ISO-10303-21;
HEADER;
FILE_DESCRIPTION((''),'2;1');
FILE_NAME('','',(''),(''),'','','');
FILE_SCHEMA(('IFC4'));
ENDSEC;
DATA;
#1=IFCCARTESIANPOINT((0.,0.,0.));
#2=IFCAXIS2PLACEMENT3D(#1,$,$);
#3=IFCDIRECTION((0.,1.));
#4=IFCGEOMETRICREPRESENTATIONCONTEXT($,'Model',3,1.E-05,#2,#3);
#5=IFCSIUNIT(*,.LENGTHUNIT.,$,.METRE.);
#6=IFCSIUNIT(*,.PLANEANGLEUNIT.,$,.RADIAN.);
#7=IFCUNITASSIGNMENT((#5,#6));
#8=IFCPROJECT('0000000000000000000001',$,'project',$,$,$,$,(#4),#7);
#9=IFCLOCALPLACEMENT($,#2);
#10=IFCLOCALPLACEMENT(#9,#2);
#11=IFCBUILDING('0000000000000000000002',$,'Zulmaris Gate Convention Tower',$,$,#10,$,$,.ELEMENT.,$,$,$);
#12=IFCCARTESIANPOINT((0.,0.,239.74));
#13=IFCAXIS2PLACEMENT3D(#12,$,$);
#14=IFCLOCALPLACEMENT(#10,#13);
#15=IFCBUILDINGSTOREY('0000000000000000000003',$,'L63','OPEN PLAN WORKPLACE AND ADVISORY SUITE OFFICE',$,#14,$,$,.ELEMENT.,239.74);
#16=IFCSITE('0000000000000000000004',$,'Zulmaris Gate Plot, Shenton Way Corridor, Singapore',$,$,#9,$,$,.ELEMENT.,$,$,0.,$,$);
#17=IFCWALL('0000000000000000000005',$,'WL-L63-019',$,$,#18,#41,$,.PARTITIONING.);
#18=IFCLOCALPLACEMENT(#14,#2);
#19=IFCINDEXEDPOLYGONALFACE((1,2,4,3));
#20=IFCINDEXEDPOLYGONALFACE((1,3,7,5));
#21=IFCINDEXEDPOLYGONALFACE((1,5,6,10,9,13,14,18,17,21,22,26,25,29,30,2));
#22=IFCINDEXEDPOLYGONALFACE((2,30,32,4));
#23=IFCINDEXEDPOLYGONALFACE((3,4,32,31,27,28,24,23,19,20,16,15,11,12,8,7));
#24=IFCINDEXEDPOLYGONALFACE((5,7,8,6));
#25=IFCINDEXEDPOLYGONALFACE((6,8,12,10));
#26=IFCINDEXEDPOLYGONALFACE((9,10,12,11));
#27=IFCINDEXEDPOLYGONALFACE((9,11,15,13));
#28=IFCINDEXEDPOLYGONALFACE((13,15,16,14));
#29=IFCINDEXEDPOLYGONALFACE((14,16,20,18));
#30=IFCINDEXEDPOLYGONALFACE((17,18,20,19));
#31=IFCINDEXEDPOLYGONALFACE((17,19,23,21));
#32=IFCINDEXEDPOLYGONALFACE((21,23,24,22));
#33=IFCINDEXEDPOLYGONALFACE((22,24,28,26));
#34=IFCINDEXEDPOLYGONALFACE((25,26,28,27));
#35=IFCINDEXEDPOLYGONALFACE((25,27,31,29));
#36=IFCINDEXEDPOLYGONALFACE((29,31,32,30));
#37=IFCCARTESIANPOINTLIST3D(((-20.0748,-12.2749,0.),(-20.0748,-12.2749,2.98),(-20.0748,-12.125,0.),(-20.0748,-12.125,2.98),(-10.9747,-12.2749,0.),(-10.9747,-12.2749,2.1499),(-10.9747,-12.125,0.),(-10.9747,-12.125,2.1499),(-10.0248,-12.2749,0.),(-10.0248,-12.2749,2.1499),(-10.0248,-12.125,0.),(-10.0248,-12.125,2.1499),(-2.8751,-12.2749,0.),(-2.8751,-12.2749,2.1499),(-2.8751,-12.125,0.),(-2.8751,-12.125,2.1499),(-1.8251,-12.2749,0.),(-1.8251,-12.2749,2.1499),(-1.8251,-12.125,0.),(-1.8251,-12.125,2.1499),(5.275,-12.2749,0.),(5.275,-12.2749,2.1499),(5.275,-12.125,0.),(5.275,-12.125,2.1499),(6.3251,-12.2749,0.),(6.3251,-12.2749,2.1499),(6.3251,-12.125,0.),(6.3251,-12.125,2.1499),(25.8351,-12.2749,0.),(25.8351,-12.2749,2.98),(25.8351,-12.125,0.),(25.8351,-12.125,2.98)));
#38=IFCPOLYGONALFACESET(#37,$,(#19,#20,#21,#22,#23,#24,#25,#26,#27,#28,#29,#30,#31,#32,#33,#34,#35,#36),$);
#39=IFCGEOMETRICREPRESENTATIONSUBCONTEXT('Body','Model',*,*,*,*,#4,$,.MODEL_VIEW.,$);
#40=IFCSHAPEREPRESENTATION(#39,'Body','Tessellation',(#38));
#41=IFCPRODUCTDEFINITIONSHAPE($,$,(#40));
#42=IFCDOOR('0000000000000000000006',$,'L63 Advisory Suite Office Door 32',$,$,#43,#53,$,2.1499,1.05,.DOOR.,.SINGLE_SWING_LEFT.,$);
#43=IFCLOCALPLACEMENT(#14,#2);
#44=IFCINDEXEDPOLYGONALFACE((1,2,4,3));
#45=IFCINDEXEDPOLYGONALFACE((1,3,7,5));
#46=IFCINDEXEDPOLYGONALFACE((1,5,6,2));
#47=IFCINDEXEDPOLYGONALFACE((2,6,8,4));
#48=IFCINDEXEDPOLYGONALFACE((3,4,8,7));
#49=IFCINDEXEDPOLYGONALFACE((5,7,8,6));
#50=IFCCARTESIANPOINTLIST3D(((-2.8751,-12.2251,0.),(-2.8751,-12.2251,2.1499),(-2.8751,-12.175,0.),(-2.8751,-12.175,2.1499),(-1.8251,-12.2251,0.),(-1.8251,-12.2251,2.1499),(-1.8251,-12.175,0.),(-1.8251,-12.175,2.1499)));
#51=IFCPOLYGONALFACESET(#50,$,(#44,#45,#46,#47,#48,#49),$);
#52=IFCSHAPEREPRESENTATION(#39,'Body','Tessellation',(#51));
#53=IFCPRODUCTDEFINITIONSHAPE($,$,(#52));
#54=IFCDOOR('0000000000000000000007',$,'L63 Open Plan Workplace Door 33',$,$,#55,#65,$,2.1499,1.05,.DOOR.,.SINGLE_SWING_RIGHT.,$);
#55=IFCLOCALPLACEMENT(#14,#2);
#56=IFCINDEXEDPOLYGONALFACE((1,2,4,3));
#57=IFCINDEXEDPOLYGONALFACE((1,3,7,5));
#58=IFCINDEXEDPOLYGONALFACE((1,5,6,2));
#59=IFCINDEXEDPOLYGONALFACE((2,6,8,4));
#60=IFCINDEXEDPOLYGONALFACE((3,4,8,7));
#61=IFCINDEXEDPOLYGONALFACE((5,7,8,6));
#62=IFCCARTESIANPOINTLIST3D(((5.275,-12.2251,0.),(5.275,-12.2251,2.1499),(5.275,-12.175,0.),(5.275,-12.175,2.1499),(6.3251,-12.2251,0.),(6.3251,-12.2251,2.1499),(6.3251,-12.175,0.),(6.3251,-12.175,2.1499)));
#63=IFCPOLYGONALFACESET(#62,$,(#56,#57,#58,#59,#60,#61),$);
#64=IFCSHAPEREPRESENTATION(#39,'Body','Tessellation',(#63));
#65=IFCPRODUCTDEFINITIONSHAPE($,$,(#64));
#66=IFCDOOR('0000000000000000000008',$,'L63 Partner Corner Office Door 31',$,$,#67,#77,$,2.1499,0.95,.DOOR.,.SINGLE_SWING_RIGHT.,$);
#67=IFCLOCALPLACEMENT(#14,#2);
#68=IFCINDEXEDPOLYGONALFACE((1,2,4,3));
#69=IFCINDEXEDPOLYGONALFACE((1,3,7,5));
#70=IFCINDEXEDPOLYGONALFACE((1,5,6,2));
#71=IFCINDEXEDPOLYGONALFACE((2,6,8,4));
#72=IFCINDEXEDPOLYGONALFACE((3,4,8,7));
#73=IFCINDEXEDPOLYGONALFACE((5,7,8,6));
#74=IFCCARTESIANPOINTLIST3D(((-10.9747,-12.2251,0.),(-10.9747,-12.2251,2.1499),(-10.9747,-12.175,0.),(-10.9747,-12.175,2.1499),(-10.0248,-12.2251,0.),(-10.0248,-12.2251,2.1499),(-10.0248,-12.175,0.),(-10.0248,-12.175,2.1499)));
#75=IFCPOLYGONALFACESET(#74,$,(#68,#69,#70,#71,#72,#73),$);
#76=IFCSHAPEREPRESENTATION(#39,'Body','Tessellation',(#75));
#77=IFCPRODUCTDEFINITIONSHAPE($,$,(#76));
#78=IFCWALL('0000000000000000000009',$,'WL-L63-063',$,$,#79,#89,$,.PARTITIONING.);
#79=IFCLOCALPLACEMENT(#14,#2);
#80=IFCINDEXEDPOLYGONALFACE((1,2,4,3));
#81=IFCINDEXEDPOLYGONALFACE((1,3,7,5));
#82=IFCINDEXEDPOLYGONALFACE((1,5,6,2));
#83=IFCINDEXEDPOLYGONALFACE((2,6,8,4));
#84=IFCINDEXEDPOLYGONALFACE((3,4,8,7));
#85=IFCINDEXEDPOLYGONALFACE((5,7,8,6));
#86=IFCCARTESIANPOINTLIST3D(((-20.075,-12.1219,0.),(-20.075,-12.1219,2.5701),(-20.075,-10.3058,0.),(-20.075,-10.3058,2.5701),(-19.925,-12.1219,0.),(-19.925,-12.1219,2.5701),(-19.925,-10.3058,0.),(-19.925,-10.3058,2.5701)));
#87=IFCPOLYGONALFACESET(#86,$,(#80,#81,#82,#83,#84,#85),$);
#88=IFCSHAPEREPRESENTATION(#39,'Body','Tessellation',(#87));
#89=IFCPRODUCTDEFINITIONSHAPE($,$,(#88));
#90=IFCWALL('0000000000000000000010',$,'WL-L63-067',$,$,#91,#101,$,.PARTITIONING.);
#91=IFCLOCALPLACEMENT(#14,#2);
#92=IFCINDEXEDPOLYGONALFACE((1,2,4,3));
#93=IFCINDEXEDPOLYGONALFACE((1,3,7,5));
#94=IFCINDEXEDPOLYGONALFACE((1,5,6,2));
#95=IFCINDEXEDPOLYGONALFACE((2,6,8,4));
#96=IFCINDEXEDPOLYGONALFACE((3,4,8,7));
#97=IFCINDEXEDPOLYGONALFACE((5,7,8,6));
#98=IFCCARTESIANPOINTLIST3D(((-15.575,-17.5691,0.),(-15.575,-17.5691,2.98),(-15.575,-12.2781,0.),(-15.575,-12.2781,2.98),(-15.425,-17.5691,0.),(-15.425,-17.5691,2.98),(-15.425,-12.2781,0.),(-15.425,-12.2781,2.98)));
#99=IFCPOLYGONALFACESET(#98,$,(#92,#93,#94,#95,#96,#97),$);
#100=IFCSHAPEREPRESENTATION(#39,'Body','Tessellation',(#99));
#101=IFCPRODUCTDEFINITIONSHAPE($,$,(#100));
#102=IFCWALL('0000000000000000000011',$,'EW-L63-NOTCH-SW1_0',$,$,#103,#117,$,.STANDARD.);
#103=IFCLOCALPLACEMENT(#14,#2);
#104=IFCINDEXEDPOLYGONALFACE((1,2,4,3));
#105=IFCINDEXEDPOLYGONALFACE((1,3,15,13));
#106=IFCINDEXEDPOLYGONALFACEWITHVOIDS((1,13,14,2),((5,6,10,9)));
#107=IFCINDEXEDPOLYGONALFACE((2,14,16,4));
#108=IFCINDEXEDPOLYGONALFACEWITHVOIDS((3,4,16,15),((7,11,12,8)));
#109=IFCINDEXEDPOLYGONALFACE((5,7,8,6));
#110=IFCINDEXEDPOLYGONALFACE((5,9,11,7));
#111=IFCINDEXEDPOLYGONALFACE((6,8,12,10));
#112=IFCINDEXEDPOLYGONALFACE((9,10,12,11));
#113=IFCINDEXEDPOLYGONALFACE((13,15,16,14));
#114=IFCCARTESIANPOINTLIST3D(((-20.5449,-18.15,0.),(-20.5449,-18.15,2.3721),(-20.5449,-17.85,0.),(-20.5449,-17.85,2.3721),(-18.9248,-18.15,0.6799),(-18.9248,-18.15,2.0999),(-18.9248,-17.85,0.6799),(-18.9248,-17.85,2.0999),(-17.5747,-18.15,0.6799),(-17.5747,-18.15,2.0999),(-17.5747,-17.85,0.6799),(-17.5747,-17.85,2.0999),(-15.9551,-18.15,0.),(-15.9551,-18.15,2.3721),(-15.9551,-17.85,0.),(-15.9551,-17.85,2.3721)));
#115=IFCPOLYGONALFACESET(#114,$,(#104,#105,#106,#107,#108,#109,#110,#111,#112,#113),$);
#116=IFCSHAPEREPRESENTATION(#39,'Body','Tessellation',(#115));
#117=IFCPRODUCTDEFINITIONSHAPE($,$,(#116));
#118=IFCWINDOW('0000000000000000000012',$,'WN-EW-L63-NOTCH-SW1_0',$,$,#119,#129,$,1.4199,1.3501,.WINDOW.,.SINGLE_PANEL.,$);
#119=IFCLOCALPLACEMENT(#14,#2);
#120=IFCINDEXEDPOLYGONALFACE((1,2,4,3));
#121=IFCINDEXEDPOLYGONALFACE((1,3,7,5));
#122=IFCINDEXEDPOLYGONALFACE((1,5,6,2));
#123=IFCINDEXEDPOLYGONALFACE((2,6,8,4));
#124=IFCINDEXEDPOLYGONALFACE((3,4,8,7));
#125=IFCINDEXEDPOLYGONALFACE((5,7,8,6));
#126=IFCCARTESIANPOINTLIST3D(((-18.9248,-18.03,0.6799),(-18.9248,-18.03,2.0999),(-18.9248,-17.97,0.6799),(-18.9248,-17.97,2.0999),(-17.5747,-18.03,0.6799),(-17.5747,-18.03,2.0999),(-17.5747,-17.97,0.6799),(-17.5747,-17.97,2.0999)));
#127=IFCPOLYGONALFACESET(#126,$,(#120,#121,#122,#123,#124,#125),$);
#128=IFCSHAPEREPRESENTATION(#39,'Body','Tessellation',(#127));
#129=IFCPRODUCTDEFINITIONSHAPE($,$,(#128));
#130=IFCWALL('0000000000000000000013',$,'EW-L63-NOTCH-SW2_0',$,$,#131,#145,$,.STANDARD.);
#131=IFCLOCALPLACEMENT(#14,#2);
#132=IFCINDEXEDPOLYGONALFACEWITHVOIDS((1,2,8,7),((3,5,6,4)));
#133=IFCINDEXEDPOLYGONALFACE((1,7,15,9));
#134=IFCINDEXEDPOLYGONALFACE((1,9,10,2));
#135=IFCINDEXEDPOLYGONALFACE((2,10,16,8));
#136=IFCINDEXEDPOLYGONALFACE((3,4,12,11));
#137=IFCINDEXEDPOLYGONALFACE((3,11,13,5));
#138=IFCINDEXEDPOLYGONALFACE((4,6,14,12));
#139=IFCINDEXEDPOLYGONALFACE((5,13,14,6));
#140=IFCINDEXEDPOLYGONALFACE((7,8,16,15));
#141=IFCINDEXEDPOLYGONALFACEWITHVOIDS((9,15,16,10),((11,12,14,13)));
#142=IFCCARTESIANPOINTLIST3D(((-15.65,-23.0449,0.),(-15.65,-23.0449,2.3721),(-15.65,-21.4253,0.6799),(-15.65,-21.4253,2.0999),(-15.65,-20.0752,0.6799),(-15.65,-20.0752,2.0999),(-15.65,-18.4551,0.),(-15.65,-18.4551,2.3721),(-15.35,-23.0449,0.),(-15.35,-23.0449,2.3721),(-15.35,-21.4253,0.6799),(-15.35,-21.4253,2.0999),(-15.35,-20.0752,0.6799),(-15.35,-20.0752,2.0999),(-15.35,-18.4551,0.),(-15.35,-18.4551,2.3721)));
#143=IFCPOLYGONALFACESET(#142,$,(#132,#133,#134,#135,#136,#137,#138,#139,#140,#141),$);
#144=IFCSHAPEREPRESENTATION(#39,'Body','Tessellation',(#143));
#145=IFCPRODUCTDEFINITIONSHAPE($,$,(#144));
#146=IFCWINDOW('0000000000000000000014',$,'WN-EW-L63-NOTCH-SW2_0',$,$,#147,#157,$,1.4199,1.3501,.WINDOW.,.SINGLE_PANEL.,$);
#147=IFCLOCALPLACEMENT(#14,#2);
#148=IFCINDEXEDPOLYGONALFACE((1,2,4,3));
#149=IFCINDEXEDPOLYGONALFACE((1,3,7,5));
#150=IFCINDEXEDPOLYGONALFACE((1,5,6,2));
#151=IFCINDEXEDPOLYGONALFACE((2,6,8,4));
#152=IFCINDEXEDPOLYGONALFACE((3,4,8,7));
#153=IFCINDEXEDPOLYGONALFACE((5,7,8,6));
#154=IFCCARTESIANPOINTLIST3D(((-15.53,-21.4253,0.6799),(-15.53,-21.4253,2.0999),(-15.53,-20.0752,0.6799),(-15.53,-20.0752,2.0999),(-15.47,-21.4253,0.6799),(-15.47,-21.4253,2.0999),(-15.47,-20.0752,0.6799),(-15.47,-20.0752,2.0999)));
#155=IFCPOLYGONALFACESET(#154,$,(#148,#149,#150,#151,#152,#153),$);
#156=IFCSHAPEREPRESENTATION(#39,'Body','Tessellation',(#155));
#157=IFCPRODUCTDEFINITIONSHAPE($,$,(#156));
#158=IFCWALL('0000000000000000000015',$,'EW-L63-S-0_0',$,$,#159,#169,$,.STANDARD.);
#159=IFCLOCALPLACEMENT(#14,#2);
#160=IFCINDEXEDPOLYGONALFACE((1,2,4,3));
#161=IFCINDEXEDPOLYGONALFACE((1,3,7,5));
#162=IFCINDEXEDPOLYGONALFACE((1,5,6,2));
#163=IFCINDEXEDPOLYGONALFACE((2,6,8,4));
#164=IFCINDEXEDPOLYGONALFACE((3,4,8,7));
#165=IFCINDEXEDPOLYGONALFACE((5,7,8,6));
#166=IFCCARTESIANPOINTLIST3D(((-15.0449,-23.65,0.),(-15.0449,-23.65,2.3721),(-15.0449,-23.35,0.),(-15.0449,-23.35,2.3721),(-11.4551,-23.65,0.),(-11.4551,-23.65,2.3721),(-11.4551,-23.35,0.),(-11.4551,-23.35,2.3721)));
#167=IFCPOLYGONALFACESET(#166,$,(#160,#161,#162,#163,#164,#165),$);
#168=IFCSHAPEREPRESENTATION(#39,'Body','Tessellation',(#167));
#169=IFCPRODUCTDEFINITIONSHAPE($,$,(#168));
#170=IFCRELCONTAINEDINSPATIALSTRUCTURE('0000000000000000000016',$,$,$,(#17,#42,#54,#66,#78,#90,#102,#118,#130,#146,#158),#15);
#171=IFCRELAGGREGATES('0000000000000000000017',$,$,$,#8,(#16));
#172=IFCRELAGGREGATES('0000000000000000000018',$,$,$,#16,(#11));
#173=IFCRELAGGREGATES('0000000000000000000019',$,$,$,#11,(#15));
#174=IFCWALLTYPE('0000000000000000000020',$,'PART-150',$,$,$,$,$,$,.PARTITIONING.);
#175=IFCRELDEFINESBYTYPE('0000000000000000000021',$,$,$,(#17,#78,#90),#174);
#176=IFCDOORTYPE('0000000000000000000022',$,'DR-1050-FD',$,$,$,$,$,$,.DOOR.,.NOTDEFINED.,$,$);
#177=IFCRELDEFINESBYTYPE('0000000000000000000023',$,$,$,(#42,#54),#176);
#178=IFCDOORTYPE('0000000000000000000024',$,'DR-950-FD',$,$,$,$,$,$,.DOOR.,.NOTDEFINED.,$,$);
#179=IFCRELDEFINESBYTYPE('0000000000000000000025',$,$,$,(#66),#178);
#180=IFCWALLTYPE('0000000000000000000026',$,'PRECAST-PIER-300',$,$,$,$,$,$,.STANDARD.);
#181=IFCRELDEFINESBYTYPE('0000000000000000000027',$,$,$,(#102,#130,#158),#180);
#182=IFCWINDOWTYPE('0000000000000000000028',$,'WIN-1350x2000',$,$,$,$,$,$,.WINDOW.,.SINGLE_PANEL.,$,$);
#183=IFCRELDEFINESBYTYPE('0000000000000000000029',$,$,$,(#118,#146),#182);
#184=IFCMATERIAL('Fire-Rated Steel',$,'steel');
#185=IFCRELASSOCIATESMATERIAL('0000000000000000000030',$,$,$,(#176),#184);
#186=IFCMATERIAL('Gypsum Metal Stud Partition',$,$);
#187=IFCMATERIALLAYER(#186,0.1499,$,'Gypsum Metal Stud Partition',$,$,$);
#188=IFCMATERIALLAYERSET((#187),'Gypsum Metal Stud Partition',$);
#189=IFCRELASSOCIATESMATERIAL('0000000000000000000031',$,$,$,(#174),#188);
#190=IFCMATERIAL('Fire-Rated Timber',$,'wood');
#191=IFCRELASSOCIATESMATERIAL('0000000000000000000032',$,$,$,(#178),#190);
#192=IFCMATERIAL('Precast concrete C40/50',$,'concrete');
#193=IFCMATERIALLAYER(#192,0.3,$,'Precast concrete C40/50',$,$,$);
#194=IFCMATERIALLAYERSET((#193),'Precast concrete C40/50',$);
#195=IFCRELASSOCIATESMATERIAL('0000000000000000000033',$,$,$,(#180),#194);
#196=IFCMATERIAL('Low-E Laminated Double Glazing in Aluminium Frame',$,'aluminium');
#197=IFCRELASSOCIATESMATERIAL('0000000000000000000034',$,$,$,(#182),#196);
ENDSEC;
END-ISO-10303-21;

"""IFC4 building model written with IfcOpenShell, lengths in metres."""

from ifc_helpers import new_model, si_unit, direction, frame, frame_2d, origin, place, context, subcontext, project, spatial, rectangle, extrude, material, layer, layer_set, type_object, element, fill, save


model = new_model("IFC4")

# Units and contexts
model_context = context("Model", 3, precision=1e-05, world=origin(), true_north=direction((0.0, 1.0)))
body_context = subcontext(model_context, "Body", "Model", "MODEL_VIEW")
ifc_project = project(units=[si_unit("LENGTHUNIT", "METRE"), si_unit("PLANEANGLEUNIT", "RADIAN")], contexts=[model_context])

# Site, building, storey
site_placement = place(None, origin())
site = spatial("IfcSite", under=ifc_project, at=site_placement, Name="Zulmaris Gate Plot, Shenton Way Corridor, Singapore", CompositionType="ELEMENT", RefElevation=0.0)
building_placement = place(site_placement, origin())
building = spatial("IfcBuilding", under=site, at=building_placement, Name="Zulmaris Gate Convention Tower", CompositionType="ELEMENT")
storey_placement = place(building_placement, frame((0.0, 0.0, 239.74)))
storey = spatial("IfcBuildingStorey", under=building, at=storey_placement, Name="L63", Description="OPEN PLAN WORKPLACE AND ADVISORY SUITE OFFICE", CompositionType="ELEMENT", Elevation=239.74)

# Shared definitions
ifc_material_1 = material(Name="Fire-Rated Steel", Category="steel")
door_type_1 = type_object("IfcDoorType", Name="DR-1050-FD", OperationType="NOTDEFINED", PredefinedType="DOOR", material=ifc_material_1)

# Wall, openings, doors
ifc_material_2 = material(Name="Gypsum Metal Stud Partition")
ifc_layer_1 = layer(ifc_material_2, 0.1499, Name="Gypsum Metal Stud Partition")
ifc_layer_set_1 = layer_set([ifc_layer_1], Name="Gypsum Metal Stud Partition")
wall_type_1 = type_object("IfcWallType", Name="PART-150", PredefinedType="PARTITIONING", material=ifc_layer_set_1)
wall_1_placement = place(storey_placement, frame((-20.075, -12.2, 0.0), z_axis=(0.0, 0.0, 1.0), x_axis=(1.0, 0.0, 0.0)))
wall_1 = element("IfcWall", 1, at=wall_1_placement, inside=storey, type_object=wall_type_1, Name="WL-L63-019", PredefinedType="PARTITIONING", context=body_context, shape_type="SweptSolid", body=[
    extrude(rectangle(XDim=45.9099, YDim=0.1499, at=frame_2d((22.9551, 0.0))), origin(), (0.0, 0.0, 1.0), 2.98),
])
opening_1_placement = place(wall_1_placement, frame((9.1001, 0.0, 0.0)))
opening_1 = element("IfcOpeningElement", 2, at=opening_1_placement, cuts=wall_1, PredefinedType="OPENING", context=body_context, shape_type="SweptSolid", body=[
    extrude(rectangle(XDim=0.95, YDim=2.1499, at=frame_2d((0.4751, 1.075))), frame((0.0, 0.085, 0.0), z_axis=(0.0, -1.0, 0.0), x_axis=(1.0, 0.0, 0.0)), (0.0, 0.0, 1.0), 0.1699),
])
opening_2_placement = place(wall_1_placement, frame((17.2, 0.0, 0.0)))
opening_2 = element("IfcOpeningElement", 3, at=opening_2_placement, cuts=wall_1, PredefinedType="OPENING", context=body_context, shape_type="SweptSolid", body=[
    extrude(rectangle(XDim=1.05, YDim=2.1499, at=frame_2d((0.5249, 1.075))), frame((0.0, 0.085, 0.0), z_axis=(0.0, -1.0, 0.0), x_axis=(1.0, 0.0, 0.0)), (0.0, 0.0, 1.0), 0.1699),
])
opening_3_placement = place(wall_1_placement, frame((25.3501, 0.0, 0.0)))
opening_3 = element("IfcOpeningElement", 4, at=opening_3_placement, cuts=wall_1, PredefinedType="OPENING", context=body_context, shape_type="SweptSolid", body=[
    extrude(rectangle(XDim=1.05, YDim=2.1499, at=frame_2d((0.5249, 1.075))), frame((0.0, 0.085, 0.0), z_axis=(0.0, -1.0, 0.0), x_axis=(1.0, 0.0, 0.0)), (0.0, 0.0, 1.0), 0.1699),
])
door_1_placement = place(opening_2_placement, origin())
door_1 = element("IfcDoor", 5, at=door_1_placement, inside=storey, type_object=door_type_1, Name="L63 Advisory Suite Office Door 32", OperationType="SINGLE_SWING_LEFT", OverallHeight=2.1499, OverallWidth=1.05, PredefinedType="DOOR", context=body_context, shape_type="SweptSolid", body=[
    extrude(rectangle(XDim=1.05, YDim=2.1499, at=frame_2d((0.5249, 1.075))), frame((0.0, 0.0249, 0.0), z_axis=(0.0, -1.0, 0.0), x_axis=(1.0, 0.0, 0.0)), (0.0, 0.0, 1.0), 0.05),
])
fill(opening_2, door_1)
door_2_placement = place(opening_3_placement, origin())
door_2 = element("IfcDoor", 6, at=door_2_placement, inside=storey, type_object=door_type_1, Name="L63 Open Plan Workplace Door 33", OperationType="SINGLE_SWING_RIGHT", OverallHeight=2.1499, OverallWidth=1.05, PredefinedType="DOOR", context=body_context, shape_type="SweptSolid", body=[
    extrude(rectangle(XDim=1.05, YDim=2.1499, at=frame_2d((0.5249, 1.075))), frame((0.0, 0.0249, 0.0), z_axis=(0.0, -1.0, 0.0), x_axis=(1.0, 0.0, 0.0)), (0.0, 0.0, 1.0), 0.05),
])
fill(opening_3, door_2)
ifc_material_3 = material(Name="Fire-Rated Timber", Category="wood")
door_type_2 = type_object("IfcDoorType", Name="DR-950-FD", OperationType="NOTDEFINED", PredefinedType="DOOR", material=ifc_material_3)
door_3_placement = place(opening_1_placement, origin())
door_3 = element("IfcDoor", 7, at=door_3_placement, inside=storey, type_object=door_type_2, Name="L63 Partner Corner Office Door 31", OperationType="SINGLE_SWING_RIGHT", OverallHeight=2.1499, OverallWidth=0.95, PredefinedType="DOOR", context=body_context, shape_type="SweptSolid", body=[
    extrude(rectangle(XDim=0.95, YDim=2.1499, at=frame_2d((0.4751, 1.075))), frame((0.0, 0.0249, 0.0), z_axis=(0.0, -1.0, 0.0), x_axis=(1.0, 0.0, 0.0)), (0.0, 0.0, 1.0), 0.05),
])
fill(opening_1, door_3)

# Walls
wall_2_placement = place(storey_placement, frame((-20.0, -12.1221, 0.0), z_axis=(0.0, 0.0, 1.0), x_axis=(0.0, 1.0, 0.0)))
element("IfcWall", 8, at=wall_2_placement, inside=storey, type_object=wall_type_1, Name="WL-L63-063", PredefinedType="PARTITIONING", context=body_context, shape_type="SweptSolid", body=[
    extrude(rectangle(XDim=1.8162, YDim=0.1499, at=frame_2d((0.9082, 0.0))), origin(), (0.0, 0.0, 1.0), 2.5701),
])
wall_3_placement = place(storey_placement, frame((-15.5, -17.5691, 0.0), z_axis=(0.0, 0.0, 1.0), x_axis=(0.0, 1.0, 0.0)))
element("IfcWall", 9, at=wall_3_placement, inside=storey, type_object=wall_type_1, Name="WL-L63-067", PredefinedType="PARTITIONING", context=body_context, shape_type="SweptSolid", body=[
    extrude(rectangle(XDim=5.291, YDim=0.1499, at=frame_2d((2.6455, 0.0))), origin(), (0.0, 0.0, 1.0), 2.98),
])

# Walls, openings, windows
ifc_material_4 = material(Name="Precast concrete C40/50", Category="concrete")
ifc_layer_2 = layer(ifc_material_4, 0.3, Name="Precast concrete C40/50")
ifc_layer_set_2 = layer_set([ifc_layer_2], Name="Precast concrete C40/50")
wall_type_2 = type_object("IfcWallType", Name="PRECAST-PIER-300", PredefinedType="STANDARD", material=ifc_layer_set_2)
wall_4_placement = place(storey_placement, frame((-20.5449, -18.0, 0.0), z_axis=(0.0, 0.0, 1.0), x_axis=(1.0, 0.0, 0.0)))
wall_4 = element("IfcWall", 10, at=wall_4_placement, inside=storey, type_object=wall_type_2, Name="EW-L63-NOTCH-SW1_0", PredefinedType="STANDARD", context=body_context, shape_type="SweptSolid", body=[
    extrude(rectangle(XDim=4.5898, YDim=0.3, at=frame_2d((2.2949, 0.0))), origin(), (0.0, 0.0, 1.0), 2.3721),
])
opening_4_placement = place(wall_4_placement, frame((1.6201, 0.0, 0.6799)))
opening_4 = element("IfcOpeningElement", 11, at=opening_4_placement, cuts=wall_4, PredefinedType="OPENING", context=body_context, shape_type="SweptSolid", body=[
    extrude(rectangle(XDim=1.3501, YDim=1.4199, at=frame_2d((0.675, 0.71))), frame((0.0, 0.1602, 0.0), z_axis=(0.0, -1.0, 0.0), x_axis=(1.0, 0.0, 0.0)), (0.0, 0.0, 1.0), 0.3201),
])
ifc_material_5 = material(Name="Low-E Laminated Double Glazing in Aluminium Frame", Category="aluminium")
window_type = type_object("IfcWindowType", Name="WIN-1350x2000", PartitioningType="SINGLE_PANEL", PredefinedType="WINDOW", material=ifc_material_5)
window_1_placement = place(opening_4_placement, origin())
window_1 = element("IfcWindow", 12, at=window_1_placement, inside=storey, type_object=window_type, Name="WN-EW-L63-NOTCH-SW1_0", OverallHeight=1.4199, OverallWidth=1.3501, PartitioningType="SINGLE_PANEL", PredefinedType="WINDOW", context=body_context, shape_type="SweptSolid", body=[
    extrude(rectangle(XDim=1.3501, YDim=1.4199, at=frame_2d((0.675, 0.71))), frame((0.0, 0.03, 0.0), z_axis=(0.0, -1.0, 0.0), x_axis=(1.0, 0.0, 0.0)), (0.0, 0.0, 1.0), 0.0601),
])
fill(opening_4, window_1)
wall_5_placement = place(storey_placement, frame((-15.5, -18.4551, 0.0), z_axis=(0.0, 0.0, 1.0), x_axis=(0.0, -1.0, 0.0)))
wall_5 = element("IfcWall", 13, at=wall_5_placement, inside=storey, type_object=wall_type_2, Name="EW-L63-NOTCH-SW2_0", PredefinedType="STANDARD", context=body_context, shape_type="SweptSolid", body=[
    extrude(rectangle(XDim=4.5898, YDim=0.3, at=frame_2d((2.2949, 0.0))), origin(), (0.0, 0.0, 1.0), 2.3721),
])
opening_5_placement = place(wall_5_placement, frame((1.6201, 0.0, 0.6799)))
opening_5 = element("IfcOpeningElement", 14, at=opening_5_placement, cuts=wall_5, PredefinedType="OPENING", context=body_context, shape_type="SweptSolid", body=[
    extrude(rectangle(XDim=1.3501, YDim=1.4199, at=frame_2d((0.675, 0.71))), frame((0.0, 0.1602, 0.0), z_axis=(0.0, -1.0, 0.0), x_axis=(1.0, 0.0, 0.0)), (0.0, 0.0, 1.0), 0.3201),
])
window_2_placement = place(opening_5_placement, origin())
window_2 = element("IfcWindow", 15, at=window_2_placement, inside=storey, type_object=window_type, Name="WN-EW-L63-NOTCH-SW2_0", OverallHeight=1.4199, OverallWidth=1.3501, PartitioningType="SINGLE_PANEL", PredefinedType="WINDOW", context=body_context, shape_type="SweptSolid", body=[
    extrude(rectangle(XDim=1.3501, YDim=1.4199, at=frame_2d((0.675, 0.71))), frame((0.0, 0.03, 0.0), z_axis=(0.0, -1.0, 0.0), x_axis=(1.0, 0.0, 0.0)), (0.0, 0.0, 1.0), 0.0601),
])
fill(opening_5, window_2)

# Wall
wall_6_placement = place(storey_placement, frame((-15.0449, -23.5, 0.0), z_axis=(0.0, 0.0, 1.0), x_axis=(1.0, 0.0, 0.0)))
element("IfcWall", 16, at=wall_6_placement, inside=storey, type_object=wall_type_2, Name="EW-L63-S-0_0", PredefinedType="STANDARD", context=body_context, shape_type="SweptSolid", body=[
    extrude(rectangle(XDim=3.5898, YDim=0.3, at=frame_2d((1.7949, 0.0))), origin(), (0.0, 0.0, 1.0), 2.3721),
])

save(model, "model.ifc")
